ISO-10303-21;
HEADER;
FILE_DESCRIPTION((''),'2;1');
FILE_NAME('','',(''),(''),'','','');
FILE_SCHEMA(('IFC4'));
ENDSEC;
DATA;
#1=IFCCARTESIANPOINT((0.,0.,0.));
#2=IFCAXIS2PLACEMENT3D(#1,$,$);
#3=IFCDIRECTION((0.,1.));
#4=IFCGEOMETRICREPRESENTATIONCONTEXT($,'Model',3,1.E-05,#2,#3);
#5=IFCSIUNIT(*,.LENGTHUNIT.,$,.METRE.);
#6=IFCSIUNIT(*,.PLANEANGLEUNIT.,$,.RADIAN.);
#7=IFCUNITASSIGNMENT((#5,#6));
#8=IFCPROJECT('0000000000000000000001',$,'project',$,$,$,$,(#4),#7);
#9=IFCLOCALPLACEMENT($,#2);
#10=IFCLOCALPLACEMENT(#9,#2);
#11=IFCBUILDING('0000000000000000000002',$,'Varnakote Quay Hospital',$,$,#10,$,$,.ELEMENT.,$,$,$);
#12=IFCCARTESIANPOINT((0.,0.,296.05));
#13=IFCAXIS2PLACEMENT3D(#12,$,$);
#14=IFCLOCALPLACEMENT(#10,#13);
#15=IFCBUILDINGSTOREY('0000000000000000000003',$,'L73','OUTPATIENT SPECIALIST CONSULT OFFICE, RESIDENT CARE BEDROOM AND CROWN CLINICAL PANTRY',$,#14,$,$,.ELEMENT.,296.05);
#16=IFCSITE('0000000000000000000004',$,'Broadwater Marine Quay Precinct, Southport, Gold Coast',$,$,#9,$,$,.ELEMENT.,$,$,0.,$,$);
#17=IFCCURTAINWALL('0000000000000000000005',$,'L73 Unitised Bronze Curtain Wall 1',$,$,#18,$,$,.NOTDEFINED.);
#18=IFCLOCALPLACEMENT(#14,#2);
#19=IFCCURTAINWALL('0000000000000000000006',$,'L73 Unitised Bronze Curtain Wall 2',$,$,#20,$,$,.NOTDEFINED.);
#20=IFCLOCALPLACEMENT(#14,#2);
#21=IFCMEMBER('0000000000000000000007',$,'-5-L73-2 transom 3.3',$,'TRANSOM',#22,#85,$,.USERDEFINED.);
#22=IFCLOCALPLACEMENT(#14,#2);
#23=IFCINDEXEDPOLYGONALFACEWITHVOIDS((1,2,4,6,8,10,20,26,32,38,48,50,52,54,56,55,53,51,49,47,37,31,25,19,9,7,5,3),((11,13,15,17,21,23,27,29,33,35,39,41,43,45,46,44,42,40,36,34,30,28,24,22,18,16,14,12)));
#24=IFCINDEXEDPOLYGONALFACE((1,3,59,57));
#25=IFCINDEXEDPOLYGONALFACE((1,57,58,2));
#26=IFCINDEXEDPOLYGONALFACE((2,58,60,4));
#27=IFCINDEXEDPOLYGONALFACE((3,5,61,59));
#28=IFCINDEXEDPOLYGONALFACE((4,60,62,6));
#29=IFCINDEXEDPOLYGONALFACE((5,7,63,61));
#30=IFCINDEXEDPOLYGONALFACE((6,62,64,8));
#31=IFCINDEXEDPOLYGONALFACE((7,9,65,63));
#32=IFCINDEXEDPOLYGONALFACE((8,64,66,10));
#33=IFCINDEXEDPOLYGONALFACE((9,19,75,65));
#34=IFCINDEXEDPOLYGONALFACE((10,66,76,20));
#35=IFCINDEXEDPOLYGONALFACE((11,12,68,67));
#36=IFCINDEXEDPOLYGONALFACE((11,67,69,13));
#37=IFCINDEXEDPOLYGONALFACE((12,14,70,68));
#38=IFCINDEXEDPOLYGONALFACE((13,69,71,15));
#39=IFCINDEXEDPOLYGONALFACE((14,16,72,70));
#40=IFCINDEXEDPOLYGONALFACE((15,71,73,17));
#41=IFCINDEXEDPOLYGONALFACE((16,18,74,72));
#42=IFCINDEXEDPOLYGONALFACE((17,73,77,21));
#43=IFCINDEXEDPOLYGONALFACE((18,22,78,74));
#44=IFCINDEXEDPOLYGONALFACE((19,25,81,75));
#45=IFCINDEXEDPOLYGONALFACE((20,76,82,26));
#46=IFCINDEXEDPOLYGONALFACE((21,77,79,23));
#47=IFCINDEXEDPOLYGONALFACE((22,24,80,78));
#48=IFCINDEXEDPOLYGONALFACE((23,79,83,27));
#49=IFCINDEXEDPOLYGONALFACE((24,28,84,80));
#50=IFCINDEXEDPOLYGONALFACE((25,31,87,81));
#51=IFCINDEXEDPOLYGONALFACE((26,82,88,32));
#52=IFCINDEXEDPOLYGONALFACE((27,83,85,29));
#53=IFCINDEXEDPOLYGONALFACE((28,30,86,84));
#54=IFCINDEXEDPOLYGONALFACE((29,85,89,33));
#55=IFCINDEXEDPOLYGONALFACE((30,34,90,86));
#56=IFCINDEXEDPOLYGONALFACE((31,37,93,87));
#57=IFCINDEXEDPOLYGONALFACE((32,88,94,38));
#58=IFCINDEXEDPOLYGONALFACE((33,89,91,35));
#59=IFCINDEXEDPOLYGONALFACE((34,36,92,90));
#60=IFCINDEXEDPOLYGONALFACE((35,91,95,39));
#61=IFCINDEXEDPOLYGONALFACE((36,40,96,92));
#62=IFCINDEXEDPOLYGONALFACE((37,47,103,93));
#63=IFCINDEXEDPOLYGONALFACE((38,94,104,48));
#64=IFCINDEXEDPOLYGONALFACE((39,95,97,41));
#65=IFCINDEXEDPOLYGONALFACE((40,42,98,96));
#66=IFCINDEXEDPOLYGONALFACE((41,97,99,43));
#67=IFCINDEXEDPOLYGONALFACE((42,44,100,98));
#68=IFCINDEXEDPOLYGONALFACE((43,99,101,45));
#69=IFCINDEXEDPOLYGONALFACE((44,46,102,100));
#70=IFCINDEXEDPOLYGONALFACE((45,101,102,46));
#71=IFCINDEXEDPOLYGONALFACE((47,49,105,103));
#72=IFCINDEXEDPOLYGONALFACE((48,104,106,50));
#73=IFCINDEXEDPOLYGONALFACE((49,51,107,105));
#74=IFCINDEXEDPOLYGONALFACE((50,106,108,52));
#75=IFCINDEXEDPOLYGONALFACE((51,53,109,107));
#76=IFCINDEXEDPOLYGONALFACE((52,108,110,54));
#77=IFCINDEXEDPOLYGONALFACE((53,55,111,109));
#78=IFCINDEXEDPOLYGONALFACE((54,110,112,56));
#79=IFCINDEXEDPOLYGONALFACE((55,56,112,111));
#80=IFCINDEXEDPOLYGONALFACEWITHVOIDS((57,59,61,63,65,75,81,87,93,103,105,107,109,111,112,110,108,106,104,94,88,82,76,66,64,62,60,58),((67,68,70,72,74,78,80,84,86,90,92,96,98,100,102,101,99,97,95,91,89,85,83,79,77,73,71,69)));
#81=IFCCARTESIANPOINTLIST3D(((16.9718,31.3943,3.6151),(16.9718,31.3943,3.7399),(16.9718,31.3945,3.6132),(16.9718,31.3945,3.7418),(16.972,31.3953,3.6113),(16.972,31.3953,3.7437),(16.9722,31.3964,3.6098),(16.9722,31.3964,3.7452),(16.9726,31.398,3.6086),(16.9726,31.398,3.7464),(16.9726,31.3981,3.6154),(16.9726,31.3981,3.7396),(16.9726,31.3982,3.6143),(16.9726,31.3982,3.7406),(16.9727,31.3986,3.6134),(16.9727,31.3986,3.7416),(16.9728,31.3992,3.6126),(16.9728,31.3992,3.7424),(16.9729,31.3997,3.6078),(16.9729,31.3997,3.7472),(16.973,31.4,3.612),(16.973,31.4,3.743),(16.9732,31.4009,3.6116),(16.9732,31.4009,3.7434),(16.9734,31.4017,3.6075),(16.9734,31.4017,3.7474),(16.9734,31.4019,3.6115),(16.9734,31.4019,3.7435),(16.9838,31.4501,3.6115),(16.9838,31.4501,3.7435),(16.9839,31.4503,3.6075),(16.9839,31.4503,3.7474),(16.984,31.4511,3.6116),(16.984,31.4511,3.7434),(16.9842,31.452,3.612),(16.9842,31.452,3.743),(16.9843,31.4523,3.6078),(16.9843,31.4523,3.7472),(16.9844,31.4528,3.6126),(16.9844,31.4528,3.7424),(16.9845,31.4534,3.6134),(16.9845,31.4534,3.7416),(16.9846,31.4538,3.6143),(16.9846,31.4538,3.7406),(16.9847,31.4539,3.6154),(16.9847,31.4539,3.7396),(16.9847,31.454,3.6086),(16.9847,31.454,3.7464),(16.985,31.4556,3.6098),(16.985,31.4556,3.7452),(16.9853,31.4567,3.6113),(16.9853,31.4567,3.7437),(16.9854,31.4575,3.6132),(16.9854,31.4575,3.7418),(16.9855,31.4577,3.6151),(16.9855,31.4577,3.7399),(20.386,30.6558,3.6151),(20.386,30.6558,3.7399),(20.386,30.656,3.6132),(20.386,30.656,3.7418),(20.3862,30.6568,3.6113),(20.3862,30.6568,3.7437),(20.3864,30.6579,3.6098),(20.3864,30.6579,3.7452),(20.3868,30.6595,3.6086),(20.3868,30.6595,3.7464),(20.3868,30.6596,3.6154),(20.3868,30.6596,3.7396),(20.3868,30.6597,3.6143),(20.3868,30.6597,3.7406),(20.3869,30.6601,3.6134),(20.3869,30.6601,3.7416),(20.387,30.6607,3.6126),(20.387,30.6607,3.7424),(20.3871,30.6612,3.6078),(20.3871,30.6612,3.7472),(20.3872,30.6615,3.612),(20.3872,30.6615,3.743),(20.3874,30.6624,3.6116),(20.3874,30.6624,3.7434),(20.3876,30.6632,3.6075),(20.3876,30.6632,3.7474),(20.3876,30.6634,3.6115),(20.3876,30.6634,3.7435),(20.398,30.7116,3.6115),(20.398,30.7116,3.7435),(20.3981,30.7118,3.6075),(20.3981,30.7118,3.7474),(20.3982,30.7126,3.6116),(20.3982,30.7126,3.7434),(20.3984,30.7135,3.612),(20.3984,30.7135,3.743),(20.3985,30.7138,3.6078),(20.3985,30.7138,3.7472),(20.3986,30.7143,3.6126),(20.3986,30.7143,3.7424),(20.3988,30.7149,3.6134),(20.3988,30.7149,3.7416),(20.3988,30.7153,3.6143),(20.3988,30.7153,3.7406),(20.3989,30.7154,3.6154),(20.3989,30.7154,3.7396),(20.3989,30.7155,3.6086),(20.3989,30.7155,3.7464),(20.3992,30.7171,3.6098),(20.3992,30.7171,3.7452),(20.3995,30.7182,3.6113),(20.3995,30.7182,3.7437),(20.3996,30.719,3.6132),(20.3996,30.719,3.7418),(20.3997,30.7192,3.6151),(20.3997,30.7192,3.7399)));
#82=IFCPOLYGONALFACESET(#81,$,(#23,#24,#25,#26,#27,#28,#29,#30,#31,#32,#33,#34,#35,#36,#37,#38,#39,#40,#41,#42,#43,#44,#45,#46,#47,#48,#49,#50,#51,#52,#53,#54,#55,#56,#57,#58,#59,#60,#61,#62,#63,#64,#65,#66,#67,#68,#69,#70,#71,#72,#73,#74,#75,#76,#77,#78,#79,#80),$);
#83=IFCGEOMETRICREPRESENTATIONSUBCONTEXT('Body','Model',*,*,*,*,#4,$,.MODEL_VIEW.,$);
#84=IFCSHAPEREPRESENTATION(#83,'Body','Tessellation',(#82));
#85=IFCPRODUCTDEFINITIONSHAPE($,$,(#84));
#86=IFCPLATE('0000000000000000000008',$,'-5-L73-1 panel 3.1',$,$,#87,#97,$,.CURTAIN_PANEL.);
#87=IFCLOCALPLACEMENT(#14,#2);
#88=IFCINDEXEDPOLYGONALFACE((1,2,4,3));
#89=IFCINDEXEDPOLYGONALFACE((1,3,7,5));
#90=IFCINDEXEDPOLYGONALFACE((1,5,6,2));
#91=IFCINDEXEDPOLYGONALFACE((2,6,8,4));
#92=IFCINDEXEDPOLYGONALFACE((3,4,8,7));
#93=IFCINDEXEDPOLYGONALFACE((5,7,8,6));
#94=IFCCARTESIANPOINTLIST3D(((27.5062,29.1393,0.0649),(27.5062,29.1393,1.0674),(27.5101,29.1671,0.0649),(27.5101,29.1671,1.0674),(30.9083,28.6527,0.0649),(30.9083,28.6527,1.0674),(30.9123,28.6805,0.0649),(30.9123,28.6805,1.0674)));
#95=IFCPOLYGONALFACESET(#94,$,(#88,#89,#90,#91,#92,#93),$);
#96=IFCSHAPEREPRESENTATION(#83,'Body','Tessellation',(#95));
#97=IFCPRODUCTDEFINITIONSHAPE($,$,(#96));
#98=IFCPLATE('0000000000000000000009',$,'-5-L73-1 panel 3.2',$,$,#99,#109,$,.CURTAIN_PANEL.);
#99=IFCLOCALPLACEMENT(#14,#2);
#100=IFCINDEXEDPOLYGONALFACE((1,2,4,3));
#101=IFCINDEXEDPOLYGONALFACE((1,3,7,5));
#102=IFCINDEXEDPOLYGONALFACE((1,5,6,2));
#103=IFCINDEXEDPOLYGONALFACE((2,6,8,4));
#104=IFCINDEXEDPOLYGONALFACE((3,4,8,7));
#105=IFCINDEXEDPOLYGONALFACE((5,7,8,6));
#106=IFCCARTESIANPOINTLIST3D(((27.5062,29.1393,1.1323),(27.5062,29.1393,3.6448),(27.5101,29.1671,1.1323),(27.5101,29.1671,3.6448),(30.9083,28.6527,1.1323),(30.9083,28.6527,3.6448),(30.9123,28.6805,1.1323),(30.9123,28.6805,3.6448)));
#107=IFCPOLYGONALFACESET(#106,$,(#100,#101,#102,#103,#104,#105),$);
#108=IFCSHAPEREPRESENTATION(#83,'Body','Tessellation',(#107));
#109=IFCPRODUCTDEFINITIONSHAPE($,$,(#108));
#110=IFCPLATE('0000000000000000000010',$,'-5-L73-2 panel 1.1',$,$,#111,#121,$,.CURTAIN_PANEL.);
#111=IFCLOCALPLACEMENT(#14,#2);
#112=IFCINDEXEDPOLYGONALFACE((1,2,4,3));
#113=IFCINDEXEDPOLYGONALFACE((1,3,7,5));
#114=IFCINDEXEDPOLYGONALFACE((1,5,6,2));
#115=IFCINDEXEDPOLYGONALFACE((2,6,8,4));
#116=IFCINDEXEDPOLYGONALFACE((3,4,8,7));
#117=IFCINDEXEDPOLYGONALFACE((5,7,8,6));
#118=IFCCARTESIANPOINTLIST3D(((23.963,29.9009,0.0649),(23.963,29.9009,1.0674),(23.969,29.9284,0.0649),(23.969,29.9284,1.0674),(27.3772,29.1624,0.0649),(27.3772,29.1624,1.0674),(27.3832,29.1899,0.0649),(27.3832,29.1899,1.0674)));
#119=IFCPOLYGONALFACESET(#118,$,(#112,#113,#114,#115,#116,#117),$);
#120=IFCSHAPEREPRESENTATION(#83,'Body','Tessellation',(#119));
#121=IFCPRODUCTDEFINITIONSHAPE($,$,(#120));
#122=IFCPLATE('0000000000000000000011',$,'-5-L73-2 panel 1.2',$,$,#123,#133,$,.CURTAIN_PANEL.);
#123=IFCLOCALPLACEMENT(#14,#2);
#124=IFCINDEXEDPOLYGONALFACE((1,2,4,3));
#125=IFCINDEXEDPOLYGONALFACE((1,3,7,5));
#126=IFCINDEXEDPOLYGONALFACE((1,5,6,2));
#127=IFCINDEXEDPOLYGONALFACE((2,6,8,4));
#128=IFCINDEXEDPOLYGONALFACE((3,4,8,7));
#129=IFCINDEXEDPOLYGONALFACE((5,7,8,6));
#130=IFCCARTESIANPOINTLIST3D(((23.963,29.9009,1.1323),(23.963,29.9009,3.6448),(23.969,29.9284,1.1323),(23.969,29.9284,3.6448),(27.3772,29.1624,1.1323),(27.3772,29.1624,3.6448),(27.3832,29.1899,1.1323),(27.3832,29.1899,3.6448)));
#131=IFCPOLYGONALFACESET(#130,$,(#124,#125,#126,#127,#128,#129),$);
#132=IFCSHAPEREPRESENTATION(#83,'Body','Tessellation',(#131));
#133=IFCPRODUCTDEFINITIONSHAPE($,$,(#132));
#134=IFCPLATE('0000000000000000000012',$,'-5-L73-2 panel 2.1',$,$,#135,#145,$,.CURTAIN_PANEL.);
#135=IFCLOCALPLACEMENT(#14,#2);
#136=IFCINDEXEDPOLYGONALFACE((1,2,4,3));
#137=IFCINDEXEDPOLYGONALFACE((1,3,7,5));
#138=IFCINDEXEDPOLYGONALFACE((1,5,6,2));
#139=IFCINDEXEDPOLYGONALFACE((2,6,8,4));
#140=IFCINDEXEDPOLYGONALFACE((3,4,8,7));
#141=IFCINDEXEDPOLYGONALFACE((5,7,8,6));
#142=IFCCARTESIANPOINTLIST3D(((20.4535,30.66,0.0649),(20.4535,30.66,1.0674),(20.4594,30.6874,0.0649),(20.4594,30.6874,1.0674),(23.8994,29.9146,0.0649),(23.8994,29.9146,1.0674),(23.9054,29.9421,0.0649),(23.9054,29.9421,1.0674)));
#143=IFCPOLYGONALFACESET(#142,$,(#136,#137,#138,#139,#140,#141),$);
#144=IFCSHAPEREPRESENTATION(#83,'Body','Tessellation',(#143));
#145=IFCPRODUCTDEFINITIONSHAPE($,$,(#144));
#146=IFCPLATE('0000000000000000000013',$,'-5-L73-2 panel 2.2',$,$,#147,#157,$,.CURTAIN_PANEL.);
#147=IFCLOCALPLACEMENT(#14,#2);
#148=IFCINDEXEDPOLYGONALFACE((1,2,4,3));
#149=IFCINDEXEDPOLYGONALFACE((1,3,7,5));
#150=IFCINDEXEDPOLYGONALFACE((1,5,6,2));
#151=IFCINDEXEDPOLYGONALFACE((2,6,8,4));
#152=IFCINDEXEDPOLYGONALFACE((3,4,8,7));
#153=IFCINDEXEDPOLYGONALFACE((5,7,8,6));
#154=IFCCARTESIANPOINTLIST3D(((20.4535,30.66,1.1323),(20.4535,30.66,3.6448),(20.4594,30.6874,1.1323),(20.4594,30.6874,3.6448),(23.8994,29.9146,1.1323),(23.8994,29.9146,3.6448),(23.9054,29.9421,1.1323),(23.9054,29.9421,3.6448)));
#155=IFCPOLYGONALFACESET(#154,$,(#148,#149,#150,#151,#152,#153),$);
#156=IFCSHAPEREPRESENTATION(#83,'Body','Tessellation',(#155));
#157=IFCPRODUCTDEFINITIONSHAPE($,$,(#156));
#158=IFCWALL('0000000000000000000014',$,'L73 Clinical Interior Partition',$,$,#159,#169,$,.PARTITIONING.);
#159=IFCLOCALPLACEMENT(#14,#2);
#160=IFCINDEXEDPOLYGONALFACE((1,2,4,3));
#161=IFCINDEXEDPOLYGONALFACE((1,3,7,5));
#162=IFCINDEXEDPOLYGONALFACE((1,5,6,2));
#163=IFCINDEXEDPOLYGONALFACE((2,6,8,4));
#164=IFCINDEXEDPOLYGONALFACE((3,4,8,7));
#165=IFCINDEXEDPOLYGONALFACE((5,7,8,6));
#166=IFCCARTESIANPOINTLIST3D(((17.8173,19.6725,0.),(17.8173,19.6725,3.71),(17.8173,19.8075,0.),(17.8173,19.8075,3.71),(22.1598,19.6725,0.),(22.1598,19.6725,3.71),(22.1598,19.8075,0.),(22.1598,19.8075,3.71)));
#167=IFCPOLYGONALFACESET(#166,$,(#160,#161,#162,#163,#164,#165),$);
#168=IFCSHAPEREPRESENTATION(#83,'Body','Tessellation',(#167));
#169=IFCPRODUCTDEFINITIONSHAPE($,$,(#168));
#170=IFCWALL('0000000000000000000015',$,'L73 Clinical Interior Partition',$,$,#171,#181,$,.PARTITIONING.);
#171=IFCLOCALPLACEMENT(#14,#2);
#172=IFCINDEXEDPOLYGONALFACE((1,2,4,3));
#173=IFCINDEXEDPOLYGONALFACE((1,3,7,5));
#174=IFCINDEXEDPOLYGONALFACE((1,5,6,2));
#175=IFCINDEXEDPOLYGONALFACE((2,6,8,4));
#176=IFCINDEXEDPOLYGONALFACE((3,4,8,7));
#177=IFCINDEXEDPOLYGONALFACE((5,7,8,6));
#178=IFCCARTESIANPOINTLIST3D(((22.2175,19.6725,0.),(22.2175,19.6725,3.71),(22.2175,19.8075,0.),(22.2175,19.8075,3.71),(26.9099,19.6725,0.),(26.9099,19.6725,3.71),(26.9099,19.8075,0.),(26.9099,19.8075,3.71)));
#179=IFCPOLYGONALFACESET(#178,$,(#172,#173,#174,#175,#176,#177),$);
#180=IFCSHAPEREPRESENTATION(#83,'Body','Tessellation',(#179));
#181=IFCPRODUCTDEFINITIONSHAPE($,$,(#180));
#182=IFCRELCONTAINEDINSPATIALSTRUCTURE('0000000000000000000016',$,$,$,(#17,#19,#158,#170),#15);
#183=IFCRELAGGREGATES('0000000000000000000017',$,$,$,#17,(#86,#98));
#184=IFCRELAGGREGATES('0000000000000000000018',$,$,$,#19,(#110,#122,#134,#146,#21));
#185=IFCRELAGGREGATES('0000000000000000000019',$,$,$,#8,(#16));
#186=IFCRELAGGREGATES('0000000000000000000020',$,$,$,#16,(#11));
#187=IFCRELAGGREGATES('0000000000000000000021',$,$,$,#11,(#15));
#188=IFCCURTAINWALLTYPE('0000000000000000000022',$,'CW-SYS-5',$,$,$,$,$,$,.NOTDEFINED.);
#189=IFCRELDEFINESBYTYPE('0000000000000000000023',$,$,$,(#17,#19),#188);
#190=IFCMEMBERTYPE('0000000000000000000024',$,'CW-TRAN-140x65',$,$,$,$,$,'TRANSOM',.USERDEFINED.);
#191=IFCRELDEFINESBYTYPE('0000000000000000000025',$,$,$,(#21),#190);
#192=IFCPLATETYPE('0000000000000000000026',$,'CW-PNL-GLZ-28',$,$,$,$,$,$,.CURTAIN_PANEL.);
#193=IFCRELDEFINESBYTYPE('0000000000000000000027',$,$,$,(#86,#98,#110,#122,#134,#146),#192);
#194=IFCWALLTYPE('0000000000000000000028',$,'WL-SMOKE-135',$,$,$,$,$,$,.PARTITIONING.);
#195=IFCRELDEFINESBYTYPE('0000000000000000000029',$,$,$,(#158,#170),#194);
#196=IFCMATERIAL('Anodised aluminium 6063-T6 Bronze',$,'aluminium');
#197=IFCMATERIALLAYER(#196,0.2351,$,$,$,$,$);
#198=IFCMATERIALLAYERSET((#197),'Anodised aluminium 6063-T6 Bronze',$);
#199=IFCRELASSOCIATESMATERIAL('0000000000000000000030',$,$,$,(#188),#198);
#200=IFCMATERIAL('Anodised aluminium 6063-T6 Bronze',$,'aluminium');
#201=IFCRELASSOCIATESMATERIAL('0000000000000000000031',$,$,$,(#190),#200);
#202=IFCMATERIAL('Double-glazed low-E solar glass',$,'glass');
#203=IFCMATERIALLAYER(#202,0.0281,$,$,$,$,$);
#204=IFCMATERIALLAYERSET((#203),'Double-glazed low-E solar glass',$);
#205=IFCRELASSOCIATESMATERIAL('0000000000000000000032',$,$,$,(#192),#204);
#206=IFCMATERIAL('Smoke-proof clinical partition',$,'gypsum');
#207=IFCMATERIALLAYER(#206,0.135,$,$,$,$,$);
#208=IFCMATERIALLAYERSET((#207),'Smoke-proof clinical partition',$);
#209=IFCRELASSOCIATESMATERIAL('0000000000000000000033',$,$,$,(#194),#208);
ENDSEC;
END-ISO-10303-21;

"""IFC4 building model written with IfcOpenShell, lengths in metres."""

from ifc_helpers import new_model, si_unit, direction, frame, frame_2d, origin, origin_2d, place, context, subcontext, project, spatial, rectangle, hollow_rectangle, extrude, material, layer, layer_set, material_profile, profile_set, type_object, element, aggregate, save


model = new_model("IFC4")

# Units and contexts
model_context = context("Model", 3, precision=1e-05, world=origin(), true_north=direction((0.0, 1.0)))
body_context = subcontext(model_context, "Body", "Model", "MODEL_VIEW")
ifc_project = project(units=[si_unit("LENGTHUNIT", "METRE"), si_unit("PLANEANGLEUNIT", "RADIAN")], contexts=[model_context])

# Site, building, storey
site_placement = place(None, origin())
site = spatial("IfcSite", under=ifc_project, at=site_placement, Name="Broadwater Marine Quay Precinct, Southport, Gold Coast", CompositionType="ELEMENT", RefElevation=0.0)
building_placement = place(site_placement, origin())
building = spatial("IfcBuilding", under=site, at=building_placement, Name="Varnakote Quay Hospital", CompositionType="ELEMENT")
storey_placement = place(building_placement, frame((0.0, 0.0, 296.05)))
storey = spatial("IfcBuildingStorey", under=building, at=storey_placement, Name="L73", Description="OUTPATIENT SPECIALIST CONSULT OFFICE, RESIDENT CARE BEDROOM AND CROWN CLINICAL PANTRY", CompositionType="ELEMENT", Elevation=296.05)

# Curtain wall
ifc_material_1 = material(Name="Anodised aluminium 6063-T6 Bronze", Category="aluminium")
ifc_layer_1 = layer(ifc_material_1, 0.2351)
ifc_layer_set_1 = layer_set([ifc_layer_1], Name="Anodised aluminium 6063-T6 Bronze")
curtain_wall_type = type_object("IfcCurtainWallType", Name="CW-SYS-5", PredefinedType="NOTDEFINED", material=ifc_layer_set_1)
curtain_wall_1_placement = place(storey_placement, origin())
curtain_wall_1 = element("IfcCurtainWall", 1, at=curtain_wall_1_placement, inside=storey, type_object=curtain_wall_type, Name="L73 Unitised Bronze Curtain Wall 1", PredefinedType="NOTDEFINED")

# Curtain wall, member
curtain_wall_2_placement = place(storey_placement, origin())
curtain_wall_2 = element("IfcCurtainWall", 2, at=curtain_wall_2_placement, inside=storey, type_object=curtain_wall_type, Name="L73 Unitised Bronze Curtain Wall 2", PredefinedType="NOTDEFINED")
ifc_material_2 = material(Name="Anodised aluminium 6063-T6 Bronze", Category="aluminium")
ifc_material_profile_1 = material_profile(ifc_material_2, hollow_rectangle(XDim=0.0649, YDim=0.1399, WallThickness=0.0039, InnerFilletRadius=0.0039, OuterFilletRadius=0.0076, at=origin_2d()), Name="CW-TRAN-140x65")
ifc_profile_set_1 = profile_set([ifc_material_profile_1], Name="Anodised aluminium 6063-T6 Bronze")
member_type_1 = type_object("IfcMemberType", Name="CW-TRAN-140x65", ElementType="TRANSOM", PredefinedType="USERDEFINED", material=ifc_profile_set_1)
member_1_placement = place(storey_placement, frame((20.3928, 30.6875, 3.6775), z_axis=(-0.977397, 0.211414, 0.0), x_axis=(-0.211414, -0.977397, 0.0)))
member_1 = element("IfcMember", 3, at=member_1_placement, type_object=member_type_1, Name="-5-L73-2 transom 3.3", ObjectType="TRANSOM", PredefinedType="USERDEFINED", context=body_context, shape_type="SweptSolid", body=[
    extrude(hollow_rectangle(XDim=0.0649, YDim=0.1399, WallThickness=0.0039, InnerFilletRadius=0.0039, OuterFilletRadius=0.0076, at=origin_2d()), origin(), (0.0, 0.0, 1.0), 3.4932),
])

# Plates
ifc_material_3 = material(Name="Double-glazed low-E solar glass", Category="glass")
ifc_layer_2 = layer(ifc_material_3, 0.0281)
ifc_layer_set_2 = layer_set([ifc_layer_2], Name="Double-glazed low-E solar glass")
plate_type = type_object("IfcPlateType", Name="CW-PNL-GLZ-28", PredefinedType="CURTAIN_PANEL", material=ifc_layer_set_2)
plate_1_placement = place(storey_placement, frame((29.2092, 28.9099, 0.0649), z_axis=(0.0, 0.0, 1.0), x_axis=(-0.989928, 0.141572, 0.0)))
plate_1 = element("IfcPlate", 4, at=plate_1_placement, type_object=plate_type, Name="-5-L73-1 panel 3.1", PredefinedType="CURTAIN_PANEL", context=body_context, shape_type="SweptSolid", body=[
    extrude(rectangle(XDim=3.4368, YDim=0.0281, at=origin_2d()), origin(), (0.0, 0.0, 1.0), 1.0024),
])
plate_2_placement = place(storey_placement, frame((29.2092, 28.9099, 1.1323), z_axis=(0.0, 0.0, 1.0), x_axis=(-0.989928, 0.141572, 0.0)))
plate_2 = element("IfcPlate", 5, at=plate_2_placement, type_object=plate_type, Name="-5-L73-1 panel 3.2", PredefinedType="CURTAIN_PANEL", context=body_context, shape_type="SweptSolid", body=[
    extrude(rectangle(XDim=3.4368, YDim=0.0281, at=origin_2d()), origin(), (0.0, 0.0, 1.0), 2.5125),
])
aggregate(curtain_wall_1, [plate_1, plate_2])
plate_3_placement = place(storey_placement, frame((25.6731, 29.5454, 0.0649), z_axis=(0.0, 0.0, 1.0), x_axis=(-0.977398, 0.211408, 0.0)))
plate_3 = element("IfcPlate", 6, at=plate_3_placement, type_object=plate_type, Name="-5-L73-2 panel 1.1", PredefinedType="CURTAIN_PANEL", context=body_context, shape_type="SweptSolid", body=[
    extrude(rectangle(XDim=3.4932, YDim=0.0281, at=origin_2d()), origin(), (0.0, 0.0, 1.0), 1.0024),
])
plate_4_placement = place(storey_placement, frame((25.6731, 29.5454, 1.1323), z_axis=(0.0, 0.0, 1.0), x_axis=(-0.977398, 0.211408, 0.0)))
plate_4 = element("IfcPlate", 7, at=plate_4_placement, type_object=plate_type, Name="-5-L73-2 panel 1.2", PredefinedType="CURTAIN_PANEL", context=body_context, shape_type="SweptSolid", body=[
    extrude(rectangle(XDim=3.4932, YDim=0.0281, at=origin_2d()), origin(), (0.0, 0.0, 1.0), 2.5125),
])
plate_5_placement = place(storey_placement, frame((22.1794, 30.301, 0.0649), z_axis=(0.0, 0.0, 1.0), x_axis=(-0.977398, 0.211408, 0.0)))
plate_5 = element("IfcPlate", 8, at=plate_5_placement, type_object=plate_type, Name="-5-L73-2 panel 2.1", PredefinedType="CURTAIN_PANEL", context=body_context, shape_type="SweptSolid", body=[
    extrude(rectangle(XDim=3.5256, YDim=0.0281, at=origin_2d()), origin(), (0.0, 0.0, 1.0), 1.0024),
])
plate_6_placement = place(storey_placement, frame((22.1794, 30.301, 1.1323), z_axis=(0.0, 0.0, 1.0), x_axis=(-0.977398, 0.211408, 0.0)))
plate_6 = element("IfcPlate", 9, at=plate_6_placement, type_object=plate_type, Name="-5-L73-2 panel 2.2", PredefinedType="CURTAIN_PANEL", context=body_context, shape_type="SweptSolid", body=[
    extrude(rectangle(XDim=3.5256, YDim=0.0281, at=origin_2d()), origin(), (0.0, 0.0, 1.0), 2.5125),
])
aggregate(curtain_wall_2, [plate_3, plate_4, plate_5, plate_6, member_1])

# Walls
ifc_material_4 = material(Name="Smoke-proof clinical partition", Category="gypsum")
ifc_layer_3 = layer(ifc_material_4, 0.135)
ifc_layer_set_3 = layer_set([ifc_layer_3], Name="Smoke-proof clinical partition")
wall_type = type_object("IfcWallType", Name="WL-SMOKE-135", PredefinedType="PARTITIONING", material=ifc_layer_set_3)
wall_1_placement = place(storey_placement, frame((22.1599, 19.74, 0.0), z_axis=(0.0, 0.0, 1.0), x_axis=(-1.0, 0.0, 0.0)))
element("IfcWall", 10, at=wall_1_placement, inside=storey, type_object=wall_type, Name="L73 Clinical Interior Partition", PredefinedType="PARTITIONING", context=body_context, shape_type="SweptSolid", body=[
    extrude(rectangle(XDim=4.3425, YDim=0.135, at=frame_2d((2.1714, 0.0))), origin(), (0.0, 0.0, 1.0), 3.71),
])
wall_2_placement = place(storey_placement, frame((26.9099, 19.74, 0.0), z_axis=(0.0, 0.0, 1.0), x_axis=(-1.0, 0.0, 0.0)))
element("IfcWall", 11, at=wall_2_placement, inside=storey, type_object=wall_type, Name="L73 Clinical Interior Partition", PredefinedType="PARTITIONING", context=body_context, shape_type="SweptSolid", body=[
    extrude(rectangle(XDim=4.6924, YDim=0.135, at=frame_2d((2.3462, 0.0))), origin(), (0.0, 0.0, 1.0), 3.71),
])

save(model, "model.ifc")
